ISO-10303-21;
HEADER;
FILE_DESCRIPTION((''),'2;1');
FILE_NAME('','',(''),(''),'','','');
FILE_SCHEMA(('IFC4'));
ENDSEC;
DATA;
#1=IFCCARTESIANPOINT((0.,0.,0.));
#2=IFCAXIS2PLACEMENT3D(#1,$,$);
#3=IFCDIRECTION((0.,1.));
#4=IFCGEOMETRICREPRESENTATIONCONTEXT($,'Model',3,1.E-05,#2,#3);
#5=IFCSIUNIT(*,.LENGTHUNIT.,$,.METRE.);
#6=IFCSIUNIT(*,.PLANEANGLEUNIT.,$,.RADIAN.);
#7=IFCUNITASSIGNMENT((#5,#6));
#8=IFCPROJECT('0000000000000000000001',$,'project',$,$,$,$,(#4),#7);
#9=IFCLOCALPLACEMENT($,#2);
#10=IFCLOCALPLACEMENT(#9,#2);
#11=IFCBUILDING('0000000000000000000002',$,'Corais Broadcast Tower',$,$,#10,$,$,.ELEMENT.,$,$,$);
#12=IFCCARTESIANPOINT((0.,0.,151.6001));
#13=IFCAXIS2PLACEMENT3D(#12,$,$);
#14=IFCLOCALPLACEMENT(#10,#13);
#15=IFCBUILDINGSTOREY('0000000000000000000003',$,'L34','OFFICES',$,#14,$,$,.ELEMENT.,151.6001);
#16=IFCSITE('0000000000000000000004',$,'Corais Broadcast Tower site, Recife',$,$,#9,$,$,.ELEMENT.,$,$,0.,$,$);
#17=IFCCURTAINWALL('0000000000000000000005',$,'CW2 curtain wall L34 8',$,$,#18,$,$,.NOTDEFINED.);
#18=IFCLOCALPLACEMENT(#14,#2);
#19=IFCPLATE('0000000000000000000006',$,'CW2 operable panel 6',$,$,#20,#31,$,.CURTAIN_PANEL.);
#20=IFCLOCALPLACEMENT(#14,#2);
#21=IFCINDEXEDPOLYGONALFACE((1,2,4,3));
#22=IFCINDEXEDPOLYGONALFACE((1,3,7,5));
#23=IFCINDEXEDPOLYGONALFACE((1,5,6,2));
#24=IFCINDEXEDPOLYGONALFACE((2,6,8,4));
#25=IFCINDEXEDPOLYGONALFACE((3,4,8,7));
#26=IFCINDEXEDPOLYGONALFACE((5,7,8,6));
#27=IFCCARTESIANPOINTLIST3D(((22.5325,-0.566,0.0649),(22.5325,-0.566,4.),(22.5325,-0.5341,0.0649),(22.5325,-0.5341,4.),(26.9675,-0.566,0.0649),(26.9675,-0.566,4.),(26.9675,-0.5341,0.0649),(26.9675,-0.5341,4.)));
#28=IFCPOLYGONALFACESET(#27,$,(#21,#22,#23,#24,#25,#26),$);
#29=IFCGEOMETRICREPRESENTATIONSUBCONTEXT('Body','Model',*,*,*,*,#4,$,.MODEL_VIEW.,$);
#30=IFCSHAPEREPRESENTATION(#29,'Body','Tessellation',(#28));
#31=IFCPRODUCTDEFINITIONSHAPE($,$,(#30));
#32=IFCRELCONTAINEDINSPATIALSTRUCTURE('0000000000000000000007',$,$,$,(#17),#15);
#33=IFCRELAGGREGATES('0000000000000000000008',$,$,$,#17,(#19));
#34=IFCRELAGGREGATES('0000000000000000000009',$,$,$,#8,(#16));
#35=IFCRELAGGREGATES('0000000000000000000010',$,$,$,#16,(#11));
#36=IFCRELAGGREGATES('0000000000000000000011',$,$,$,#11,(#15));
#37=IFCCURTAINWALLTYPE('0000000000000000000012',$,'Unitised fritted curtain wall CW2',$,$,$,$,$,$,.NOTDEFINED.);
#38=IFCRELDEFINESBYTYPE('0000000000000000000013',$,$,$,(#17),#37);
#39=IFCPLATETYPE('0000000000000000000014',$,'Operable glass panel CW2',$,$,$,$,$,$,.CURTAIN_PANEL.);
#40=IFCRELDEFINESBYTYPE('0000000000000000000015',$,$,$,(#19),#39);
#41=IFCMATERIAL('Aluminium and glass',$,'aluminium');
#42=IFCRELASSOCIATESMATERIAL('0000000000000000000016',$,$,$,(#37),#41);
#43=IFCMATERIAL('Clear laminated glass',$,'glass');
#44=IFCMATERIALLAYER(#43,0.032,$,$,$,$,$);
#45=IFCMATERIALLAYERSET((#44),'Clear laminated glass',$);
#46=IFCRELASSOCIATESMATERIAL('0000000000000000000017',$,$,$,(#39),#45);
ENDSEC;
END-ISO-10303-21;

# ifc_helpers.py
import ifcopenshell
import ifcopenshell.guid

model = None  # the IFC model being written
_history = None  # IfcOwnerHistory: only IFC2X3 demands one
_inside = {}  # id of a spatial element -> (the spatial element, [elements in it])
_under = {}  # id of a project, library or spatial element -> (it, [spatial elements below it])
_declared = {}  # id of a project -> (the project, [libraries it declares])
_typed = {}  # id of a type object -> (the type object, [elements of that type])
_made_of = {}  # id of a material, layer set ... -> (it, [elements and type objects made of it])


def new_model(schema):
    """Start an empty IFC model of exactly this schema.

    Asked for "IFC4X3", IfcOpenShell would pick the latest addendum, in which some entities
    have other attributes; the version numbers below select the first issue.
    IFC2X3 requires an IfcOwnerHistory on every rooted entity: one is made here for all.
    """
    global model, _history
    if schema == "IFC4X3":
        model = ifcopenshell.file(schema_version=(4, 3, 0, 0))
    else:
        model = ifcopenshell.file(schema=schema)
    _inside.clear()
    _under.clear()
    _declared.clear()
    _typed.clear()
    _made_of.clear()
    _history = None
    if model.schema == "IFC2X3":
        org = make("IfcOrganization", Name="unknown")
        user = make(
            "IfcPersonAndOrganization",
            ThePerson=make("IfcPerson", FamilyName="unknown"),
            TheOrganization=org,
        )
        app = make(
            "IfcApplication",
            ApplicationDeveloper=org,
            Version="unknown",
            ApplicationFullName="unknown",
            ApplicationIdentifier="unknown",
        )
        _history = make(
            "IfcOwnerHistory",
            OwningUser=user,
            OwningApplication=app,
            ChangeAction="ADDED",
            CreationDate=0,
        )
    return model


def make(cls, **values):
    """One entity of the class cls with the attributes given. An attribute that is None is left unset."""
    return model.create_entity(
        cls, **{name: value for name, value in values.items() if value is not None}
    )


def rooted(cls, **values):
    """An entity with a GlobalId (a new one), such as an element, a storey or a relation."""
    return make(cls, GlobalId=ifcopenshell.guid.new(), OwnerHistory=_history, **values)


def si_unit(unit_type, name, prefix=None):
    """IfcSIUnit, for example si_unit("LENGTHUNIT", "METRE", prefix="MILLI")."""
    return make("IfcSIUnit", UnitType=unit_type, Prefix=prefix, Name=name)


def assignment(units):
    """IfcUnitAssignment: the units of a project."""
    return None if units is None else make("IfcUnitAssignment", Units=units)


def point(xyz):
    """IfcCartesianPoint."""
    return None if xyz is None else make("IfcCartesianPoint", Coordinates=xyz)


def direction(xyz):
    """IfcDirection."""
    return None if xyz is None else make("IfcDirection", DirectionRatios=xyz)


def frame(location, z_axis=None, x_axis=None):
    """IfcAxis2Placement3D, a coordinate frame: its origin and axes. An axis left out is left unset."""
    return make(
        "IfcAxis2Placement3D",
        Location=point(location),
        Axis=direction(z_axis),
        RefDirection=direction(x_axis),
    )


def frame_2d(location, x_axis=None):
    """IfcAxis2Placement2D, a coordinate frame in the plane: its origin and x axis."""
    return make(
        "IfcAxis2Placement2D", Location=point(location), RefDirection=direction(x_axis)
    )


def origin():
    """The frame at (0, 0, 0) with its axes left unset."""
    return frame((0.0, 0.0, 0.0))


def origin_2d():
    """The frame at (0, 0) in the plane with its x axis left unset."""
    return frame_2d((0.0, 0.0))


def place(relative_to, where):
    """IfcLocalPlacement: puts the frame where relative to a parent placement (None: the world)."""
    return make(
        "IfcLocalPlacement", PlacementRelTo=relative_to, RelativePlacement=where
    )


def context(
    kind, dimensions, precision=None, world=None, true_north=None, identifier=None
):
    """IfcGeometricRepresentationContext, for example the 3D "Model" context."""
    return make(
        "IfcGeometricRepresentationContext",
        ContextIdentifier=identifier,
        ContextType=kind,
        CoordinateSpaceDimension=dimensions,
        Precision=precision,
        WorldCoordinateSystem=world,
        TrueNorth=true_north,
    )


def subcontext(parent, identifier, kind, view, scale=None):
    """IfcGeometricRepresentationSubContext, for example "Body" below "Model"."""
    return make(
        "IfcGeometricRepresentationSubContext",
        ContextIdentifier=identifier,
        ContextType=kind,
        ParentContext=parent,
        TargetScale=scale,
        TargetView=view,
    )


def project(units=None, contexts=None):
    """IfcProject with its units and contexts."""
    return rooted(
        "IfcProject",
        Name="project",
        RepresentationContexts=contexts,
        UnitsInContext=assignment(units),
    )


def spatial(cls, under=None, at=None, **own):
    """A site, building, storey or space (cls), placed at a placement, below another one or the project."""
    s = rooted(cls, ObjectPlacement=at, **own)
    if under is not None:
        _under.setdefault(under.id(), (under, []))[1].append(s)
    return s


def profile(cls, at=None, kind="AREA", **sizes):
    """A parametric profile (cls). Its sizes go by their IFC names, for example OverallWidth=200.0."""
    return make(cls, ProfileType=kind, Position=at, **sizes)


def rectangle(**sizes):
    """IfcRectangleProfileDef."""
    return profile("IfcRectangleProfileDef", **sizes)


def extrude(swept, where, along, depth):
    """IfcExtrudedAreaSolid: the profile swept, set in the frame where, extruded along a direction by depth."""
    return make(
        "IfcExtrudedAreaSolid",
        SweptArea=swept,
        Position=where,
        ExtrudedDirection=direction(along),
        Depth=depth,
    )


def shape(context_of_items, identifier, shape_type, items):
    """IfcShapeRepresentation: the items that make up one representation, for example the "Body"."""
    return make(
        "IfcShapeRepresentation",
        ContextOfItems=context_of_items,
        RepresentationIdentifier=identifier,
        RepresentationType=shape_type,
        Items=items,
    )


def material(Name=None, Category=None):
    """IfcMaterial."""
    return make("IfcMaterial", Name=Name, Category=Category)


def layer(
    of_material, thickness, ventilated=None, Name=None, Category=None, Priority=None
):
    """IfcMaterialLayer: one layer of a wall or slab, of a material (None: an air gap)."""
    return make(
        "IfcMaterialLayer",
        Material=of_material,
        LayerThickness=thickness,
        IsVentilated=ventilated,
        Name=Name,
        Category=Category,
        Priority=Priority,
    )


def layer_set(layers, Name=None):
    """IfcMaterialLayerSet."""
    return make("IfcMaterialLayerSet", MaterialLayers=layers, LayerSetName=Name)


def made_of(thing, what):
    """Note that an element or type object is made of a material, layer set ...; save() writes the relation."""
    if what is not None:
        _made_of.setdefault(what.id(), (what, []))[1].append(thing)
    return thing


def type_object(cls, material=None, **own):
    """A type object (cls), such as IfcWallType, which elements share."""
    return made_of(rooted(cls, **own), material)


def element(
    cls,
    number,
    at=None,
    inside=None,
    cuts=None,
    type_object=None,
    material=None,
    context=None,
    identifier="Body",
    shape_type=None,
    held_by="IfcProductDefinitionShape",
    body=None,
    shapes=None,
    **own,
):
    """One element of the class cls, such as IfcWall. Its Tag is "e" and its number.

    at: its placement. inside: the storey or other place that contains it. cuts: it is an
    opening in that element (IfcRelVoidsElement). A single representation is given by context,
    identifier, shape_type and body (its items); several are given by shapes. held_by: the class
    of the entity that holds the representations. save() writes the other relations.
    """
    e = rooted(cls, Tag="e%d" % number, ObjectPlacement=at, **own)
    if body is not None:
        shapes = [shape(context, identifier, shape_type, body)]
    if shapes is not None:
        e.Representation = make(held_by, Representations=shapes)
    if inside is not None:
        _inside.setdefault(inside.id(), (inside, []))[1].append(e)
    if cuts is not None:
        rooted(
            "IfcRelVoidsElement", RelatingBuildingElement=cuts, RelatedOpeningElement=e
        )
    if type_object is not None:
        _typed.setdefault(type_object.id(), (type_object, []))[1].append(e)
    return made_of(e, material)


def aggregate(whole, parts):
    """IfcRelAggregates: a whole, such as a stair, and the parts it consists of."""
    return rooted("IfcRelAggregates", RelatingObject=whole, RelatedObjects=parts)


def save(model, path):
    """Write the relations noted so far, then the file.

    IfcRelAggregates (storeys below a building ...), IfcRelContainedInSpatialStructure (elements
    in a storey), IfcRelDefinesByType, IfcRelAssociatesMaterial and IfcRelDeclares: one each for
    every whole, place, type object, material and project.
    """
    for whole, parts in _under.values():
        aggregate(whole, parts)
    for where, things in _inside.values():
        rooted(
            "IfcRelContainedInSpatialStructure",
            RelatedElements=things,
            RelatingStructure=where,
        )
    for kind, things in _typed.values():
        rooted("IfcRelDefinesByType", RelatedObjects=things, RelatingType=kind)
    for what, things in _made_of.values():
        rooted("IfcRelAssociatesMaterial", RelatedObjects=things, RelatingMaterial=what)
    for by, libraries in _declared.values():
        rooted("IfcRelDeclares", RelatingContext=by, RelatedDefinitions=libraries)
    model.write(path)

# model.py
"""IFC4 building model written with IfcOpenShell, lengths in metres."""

from ifc_helpers import new_model, si_unit, direction, frame, origin, origin_2d, place, context, subcontext, project, spatial, rectangle, extrude, material, layer, layer_set, type_object, element, aggregate, save


model = new_model("IFC4")

# Units and contexts
model_context = context("Model", 3, precision=1e-05, world=origin(), true_north=direction((0.0, 1.0)))
body_context = subcontext(model_context, "Body", "Model", "MODEL_VIEW")
ifc_project = project(units=[si_unit("LENGTHUNIT", "METRE"), si_unit("PLANEANGLEUNIT", "RADIAN")], contexts=[model_context])

# Site, building, storey
site_placement = place(None, origin())
site = spatial("IfcSite", under=ifc_project, at=site_placement, Name="Corais Broadcast Tower site, Recife", CompositionType="ELEMENT", RefElevation=0.0)
building_placement = place(site_placement, origin())
building = spatial("IfcBuilding", under=site, at=building_placement, Name="Corais Broadcast Tower", CompositionType="ELEMENT")
storey_placement = place(building_placement, frame((0.0, 0.0, 151.6001)))
storey = spatial("IfcBuildingStorey", under=building, at=storey_placement, Name="L34", Description="OFFICES", CompositionType="ELEMENT", Elevation=151.6001)

# Curtain wall
ifc_material_1 = material(Name="Aluminium and glass", Category="aluminium")
curtain_wall_type = type_object("IfcCurtainWallType", Name="Unitised fritted curtain wall CW2", PredefinedType="NOTDEFINED", material=ifc_material_1)
curtain_wall_placement = place(storey_placement, origin())
curtain_wall = element("IfcCurtainWall", 1, at=curtain_wall_placement, inside=storey, type_object=curtain_wall_type, Name="CW2 curtain wall L34 8", PredefinedType="NOTDEFINED")

# Plate
ifc_material_2 = material(Name="Clear laminated glass", Category="glass")
ifc_layer_1 = layer(ifc_material_2, 0.032)
ifc_layer_set_1 = layer_set([ifc_layer_1], Name="Clear laminated glass")
plate_type_1 = type_object("IfcPlateType", Name="Operable glass panel CW2", PredefinedType="CURTAIN_PANEL", material=ifc_layer_set_1)
plate_1_placement = place(storey_placement, frame((24.75, -0.55, 0.0649), z_axis=(0.0, 0.0, 1.0), x_axis=(-1.0, 0.0, 0.0)))
plate_1 = element("IfcPlate", 2, at=plate_1_placement, type_object=plate_type_1, Name="CW2 operable panel 6", PredefinedType="CURTAIN_PANEL", context=body_context, shape_type="SweptSolid", body=[
    extrude(rectangle(XDim=4.4351, YDim=0.032, at=origin_2d()), origin(), (0.0, 0.0, 1.0), 3.9351),
])
aggregate(curtain_wall, [plate_1])

save(model, "model.ifc")
